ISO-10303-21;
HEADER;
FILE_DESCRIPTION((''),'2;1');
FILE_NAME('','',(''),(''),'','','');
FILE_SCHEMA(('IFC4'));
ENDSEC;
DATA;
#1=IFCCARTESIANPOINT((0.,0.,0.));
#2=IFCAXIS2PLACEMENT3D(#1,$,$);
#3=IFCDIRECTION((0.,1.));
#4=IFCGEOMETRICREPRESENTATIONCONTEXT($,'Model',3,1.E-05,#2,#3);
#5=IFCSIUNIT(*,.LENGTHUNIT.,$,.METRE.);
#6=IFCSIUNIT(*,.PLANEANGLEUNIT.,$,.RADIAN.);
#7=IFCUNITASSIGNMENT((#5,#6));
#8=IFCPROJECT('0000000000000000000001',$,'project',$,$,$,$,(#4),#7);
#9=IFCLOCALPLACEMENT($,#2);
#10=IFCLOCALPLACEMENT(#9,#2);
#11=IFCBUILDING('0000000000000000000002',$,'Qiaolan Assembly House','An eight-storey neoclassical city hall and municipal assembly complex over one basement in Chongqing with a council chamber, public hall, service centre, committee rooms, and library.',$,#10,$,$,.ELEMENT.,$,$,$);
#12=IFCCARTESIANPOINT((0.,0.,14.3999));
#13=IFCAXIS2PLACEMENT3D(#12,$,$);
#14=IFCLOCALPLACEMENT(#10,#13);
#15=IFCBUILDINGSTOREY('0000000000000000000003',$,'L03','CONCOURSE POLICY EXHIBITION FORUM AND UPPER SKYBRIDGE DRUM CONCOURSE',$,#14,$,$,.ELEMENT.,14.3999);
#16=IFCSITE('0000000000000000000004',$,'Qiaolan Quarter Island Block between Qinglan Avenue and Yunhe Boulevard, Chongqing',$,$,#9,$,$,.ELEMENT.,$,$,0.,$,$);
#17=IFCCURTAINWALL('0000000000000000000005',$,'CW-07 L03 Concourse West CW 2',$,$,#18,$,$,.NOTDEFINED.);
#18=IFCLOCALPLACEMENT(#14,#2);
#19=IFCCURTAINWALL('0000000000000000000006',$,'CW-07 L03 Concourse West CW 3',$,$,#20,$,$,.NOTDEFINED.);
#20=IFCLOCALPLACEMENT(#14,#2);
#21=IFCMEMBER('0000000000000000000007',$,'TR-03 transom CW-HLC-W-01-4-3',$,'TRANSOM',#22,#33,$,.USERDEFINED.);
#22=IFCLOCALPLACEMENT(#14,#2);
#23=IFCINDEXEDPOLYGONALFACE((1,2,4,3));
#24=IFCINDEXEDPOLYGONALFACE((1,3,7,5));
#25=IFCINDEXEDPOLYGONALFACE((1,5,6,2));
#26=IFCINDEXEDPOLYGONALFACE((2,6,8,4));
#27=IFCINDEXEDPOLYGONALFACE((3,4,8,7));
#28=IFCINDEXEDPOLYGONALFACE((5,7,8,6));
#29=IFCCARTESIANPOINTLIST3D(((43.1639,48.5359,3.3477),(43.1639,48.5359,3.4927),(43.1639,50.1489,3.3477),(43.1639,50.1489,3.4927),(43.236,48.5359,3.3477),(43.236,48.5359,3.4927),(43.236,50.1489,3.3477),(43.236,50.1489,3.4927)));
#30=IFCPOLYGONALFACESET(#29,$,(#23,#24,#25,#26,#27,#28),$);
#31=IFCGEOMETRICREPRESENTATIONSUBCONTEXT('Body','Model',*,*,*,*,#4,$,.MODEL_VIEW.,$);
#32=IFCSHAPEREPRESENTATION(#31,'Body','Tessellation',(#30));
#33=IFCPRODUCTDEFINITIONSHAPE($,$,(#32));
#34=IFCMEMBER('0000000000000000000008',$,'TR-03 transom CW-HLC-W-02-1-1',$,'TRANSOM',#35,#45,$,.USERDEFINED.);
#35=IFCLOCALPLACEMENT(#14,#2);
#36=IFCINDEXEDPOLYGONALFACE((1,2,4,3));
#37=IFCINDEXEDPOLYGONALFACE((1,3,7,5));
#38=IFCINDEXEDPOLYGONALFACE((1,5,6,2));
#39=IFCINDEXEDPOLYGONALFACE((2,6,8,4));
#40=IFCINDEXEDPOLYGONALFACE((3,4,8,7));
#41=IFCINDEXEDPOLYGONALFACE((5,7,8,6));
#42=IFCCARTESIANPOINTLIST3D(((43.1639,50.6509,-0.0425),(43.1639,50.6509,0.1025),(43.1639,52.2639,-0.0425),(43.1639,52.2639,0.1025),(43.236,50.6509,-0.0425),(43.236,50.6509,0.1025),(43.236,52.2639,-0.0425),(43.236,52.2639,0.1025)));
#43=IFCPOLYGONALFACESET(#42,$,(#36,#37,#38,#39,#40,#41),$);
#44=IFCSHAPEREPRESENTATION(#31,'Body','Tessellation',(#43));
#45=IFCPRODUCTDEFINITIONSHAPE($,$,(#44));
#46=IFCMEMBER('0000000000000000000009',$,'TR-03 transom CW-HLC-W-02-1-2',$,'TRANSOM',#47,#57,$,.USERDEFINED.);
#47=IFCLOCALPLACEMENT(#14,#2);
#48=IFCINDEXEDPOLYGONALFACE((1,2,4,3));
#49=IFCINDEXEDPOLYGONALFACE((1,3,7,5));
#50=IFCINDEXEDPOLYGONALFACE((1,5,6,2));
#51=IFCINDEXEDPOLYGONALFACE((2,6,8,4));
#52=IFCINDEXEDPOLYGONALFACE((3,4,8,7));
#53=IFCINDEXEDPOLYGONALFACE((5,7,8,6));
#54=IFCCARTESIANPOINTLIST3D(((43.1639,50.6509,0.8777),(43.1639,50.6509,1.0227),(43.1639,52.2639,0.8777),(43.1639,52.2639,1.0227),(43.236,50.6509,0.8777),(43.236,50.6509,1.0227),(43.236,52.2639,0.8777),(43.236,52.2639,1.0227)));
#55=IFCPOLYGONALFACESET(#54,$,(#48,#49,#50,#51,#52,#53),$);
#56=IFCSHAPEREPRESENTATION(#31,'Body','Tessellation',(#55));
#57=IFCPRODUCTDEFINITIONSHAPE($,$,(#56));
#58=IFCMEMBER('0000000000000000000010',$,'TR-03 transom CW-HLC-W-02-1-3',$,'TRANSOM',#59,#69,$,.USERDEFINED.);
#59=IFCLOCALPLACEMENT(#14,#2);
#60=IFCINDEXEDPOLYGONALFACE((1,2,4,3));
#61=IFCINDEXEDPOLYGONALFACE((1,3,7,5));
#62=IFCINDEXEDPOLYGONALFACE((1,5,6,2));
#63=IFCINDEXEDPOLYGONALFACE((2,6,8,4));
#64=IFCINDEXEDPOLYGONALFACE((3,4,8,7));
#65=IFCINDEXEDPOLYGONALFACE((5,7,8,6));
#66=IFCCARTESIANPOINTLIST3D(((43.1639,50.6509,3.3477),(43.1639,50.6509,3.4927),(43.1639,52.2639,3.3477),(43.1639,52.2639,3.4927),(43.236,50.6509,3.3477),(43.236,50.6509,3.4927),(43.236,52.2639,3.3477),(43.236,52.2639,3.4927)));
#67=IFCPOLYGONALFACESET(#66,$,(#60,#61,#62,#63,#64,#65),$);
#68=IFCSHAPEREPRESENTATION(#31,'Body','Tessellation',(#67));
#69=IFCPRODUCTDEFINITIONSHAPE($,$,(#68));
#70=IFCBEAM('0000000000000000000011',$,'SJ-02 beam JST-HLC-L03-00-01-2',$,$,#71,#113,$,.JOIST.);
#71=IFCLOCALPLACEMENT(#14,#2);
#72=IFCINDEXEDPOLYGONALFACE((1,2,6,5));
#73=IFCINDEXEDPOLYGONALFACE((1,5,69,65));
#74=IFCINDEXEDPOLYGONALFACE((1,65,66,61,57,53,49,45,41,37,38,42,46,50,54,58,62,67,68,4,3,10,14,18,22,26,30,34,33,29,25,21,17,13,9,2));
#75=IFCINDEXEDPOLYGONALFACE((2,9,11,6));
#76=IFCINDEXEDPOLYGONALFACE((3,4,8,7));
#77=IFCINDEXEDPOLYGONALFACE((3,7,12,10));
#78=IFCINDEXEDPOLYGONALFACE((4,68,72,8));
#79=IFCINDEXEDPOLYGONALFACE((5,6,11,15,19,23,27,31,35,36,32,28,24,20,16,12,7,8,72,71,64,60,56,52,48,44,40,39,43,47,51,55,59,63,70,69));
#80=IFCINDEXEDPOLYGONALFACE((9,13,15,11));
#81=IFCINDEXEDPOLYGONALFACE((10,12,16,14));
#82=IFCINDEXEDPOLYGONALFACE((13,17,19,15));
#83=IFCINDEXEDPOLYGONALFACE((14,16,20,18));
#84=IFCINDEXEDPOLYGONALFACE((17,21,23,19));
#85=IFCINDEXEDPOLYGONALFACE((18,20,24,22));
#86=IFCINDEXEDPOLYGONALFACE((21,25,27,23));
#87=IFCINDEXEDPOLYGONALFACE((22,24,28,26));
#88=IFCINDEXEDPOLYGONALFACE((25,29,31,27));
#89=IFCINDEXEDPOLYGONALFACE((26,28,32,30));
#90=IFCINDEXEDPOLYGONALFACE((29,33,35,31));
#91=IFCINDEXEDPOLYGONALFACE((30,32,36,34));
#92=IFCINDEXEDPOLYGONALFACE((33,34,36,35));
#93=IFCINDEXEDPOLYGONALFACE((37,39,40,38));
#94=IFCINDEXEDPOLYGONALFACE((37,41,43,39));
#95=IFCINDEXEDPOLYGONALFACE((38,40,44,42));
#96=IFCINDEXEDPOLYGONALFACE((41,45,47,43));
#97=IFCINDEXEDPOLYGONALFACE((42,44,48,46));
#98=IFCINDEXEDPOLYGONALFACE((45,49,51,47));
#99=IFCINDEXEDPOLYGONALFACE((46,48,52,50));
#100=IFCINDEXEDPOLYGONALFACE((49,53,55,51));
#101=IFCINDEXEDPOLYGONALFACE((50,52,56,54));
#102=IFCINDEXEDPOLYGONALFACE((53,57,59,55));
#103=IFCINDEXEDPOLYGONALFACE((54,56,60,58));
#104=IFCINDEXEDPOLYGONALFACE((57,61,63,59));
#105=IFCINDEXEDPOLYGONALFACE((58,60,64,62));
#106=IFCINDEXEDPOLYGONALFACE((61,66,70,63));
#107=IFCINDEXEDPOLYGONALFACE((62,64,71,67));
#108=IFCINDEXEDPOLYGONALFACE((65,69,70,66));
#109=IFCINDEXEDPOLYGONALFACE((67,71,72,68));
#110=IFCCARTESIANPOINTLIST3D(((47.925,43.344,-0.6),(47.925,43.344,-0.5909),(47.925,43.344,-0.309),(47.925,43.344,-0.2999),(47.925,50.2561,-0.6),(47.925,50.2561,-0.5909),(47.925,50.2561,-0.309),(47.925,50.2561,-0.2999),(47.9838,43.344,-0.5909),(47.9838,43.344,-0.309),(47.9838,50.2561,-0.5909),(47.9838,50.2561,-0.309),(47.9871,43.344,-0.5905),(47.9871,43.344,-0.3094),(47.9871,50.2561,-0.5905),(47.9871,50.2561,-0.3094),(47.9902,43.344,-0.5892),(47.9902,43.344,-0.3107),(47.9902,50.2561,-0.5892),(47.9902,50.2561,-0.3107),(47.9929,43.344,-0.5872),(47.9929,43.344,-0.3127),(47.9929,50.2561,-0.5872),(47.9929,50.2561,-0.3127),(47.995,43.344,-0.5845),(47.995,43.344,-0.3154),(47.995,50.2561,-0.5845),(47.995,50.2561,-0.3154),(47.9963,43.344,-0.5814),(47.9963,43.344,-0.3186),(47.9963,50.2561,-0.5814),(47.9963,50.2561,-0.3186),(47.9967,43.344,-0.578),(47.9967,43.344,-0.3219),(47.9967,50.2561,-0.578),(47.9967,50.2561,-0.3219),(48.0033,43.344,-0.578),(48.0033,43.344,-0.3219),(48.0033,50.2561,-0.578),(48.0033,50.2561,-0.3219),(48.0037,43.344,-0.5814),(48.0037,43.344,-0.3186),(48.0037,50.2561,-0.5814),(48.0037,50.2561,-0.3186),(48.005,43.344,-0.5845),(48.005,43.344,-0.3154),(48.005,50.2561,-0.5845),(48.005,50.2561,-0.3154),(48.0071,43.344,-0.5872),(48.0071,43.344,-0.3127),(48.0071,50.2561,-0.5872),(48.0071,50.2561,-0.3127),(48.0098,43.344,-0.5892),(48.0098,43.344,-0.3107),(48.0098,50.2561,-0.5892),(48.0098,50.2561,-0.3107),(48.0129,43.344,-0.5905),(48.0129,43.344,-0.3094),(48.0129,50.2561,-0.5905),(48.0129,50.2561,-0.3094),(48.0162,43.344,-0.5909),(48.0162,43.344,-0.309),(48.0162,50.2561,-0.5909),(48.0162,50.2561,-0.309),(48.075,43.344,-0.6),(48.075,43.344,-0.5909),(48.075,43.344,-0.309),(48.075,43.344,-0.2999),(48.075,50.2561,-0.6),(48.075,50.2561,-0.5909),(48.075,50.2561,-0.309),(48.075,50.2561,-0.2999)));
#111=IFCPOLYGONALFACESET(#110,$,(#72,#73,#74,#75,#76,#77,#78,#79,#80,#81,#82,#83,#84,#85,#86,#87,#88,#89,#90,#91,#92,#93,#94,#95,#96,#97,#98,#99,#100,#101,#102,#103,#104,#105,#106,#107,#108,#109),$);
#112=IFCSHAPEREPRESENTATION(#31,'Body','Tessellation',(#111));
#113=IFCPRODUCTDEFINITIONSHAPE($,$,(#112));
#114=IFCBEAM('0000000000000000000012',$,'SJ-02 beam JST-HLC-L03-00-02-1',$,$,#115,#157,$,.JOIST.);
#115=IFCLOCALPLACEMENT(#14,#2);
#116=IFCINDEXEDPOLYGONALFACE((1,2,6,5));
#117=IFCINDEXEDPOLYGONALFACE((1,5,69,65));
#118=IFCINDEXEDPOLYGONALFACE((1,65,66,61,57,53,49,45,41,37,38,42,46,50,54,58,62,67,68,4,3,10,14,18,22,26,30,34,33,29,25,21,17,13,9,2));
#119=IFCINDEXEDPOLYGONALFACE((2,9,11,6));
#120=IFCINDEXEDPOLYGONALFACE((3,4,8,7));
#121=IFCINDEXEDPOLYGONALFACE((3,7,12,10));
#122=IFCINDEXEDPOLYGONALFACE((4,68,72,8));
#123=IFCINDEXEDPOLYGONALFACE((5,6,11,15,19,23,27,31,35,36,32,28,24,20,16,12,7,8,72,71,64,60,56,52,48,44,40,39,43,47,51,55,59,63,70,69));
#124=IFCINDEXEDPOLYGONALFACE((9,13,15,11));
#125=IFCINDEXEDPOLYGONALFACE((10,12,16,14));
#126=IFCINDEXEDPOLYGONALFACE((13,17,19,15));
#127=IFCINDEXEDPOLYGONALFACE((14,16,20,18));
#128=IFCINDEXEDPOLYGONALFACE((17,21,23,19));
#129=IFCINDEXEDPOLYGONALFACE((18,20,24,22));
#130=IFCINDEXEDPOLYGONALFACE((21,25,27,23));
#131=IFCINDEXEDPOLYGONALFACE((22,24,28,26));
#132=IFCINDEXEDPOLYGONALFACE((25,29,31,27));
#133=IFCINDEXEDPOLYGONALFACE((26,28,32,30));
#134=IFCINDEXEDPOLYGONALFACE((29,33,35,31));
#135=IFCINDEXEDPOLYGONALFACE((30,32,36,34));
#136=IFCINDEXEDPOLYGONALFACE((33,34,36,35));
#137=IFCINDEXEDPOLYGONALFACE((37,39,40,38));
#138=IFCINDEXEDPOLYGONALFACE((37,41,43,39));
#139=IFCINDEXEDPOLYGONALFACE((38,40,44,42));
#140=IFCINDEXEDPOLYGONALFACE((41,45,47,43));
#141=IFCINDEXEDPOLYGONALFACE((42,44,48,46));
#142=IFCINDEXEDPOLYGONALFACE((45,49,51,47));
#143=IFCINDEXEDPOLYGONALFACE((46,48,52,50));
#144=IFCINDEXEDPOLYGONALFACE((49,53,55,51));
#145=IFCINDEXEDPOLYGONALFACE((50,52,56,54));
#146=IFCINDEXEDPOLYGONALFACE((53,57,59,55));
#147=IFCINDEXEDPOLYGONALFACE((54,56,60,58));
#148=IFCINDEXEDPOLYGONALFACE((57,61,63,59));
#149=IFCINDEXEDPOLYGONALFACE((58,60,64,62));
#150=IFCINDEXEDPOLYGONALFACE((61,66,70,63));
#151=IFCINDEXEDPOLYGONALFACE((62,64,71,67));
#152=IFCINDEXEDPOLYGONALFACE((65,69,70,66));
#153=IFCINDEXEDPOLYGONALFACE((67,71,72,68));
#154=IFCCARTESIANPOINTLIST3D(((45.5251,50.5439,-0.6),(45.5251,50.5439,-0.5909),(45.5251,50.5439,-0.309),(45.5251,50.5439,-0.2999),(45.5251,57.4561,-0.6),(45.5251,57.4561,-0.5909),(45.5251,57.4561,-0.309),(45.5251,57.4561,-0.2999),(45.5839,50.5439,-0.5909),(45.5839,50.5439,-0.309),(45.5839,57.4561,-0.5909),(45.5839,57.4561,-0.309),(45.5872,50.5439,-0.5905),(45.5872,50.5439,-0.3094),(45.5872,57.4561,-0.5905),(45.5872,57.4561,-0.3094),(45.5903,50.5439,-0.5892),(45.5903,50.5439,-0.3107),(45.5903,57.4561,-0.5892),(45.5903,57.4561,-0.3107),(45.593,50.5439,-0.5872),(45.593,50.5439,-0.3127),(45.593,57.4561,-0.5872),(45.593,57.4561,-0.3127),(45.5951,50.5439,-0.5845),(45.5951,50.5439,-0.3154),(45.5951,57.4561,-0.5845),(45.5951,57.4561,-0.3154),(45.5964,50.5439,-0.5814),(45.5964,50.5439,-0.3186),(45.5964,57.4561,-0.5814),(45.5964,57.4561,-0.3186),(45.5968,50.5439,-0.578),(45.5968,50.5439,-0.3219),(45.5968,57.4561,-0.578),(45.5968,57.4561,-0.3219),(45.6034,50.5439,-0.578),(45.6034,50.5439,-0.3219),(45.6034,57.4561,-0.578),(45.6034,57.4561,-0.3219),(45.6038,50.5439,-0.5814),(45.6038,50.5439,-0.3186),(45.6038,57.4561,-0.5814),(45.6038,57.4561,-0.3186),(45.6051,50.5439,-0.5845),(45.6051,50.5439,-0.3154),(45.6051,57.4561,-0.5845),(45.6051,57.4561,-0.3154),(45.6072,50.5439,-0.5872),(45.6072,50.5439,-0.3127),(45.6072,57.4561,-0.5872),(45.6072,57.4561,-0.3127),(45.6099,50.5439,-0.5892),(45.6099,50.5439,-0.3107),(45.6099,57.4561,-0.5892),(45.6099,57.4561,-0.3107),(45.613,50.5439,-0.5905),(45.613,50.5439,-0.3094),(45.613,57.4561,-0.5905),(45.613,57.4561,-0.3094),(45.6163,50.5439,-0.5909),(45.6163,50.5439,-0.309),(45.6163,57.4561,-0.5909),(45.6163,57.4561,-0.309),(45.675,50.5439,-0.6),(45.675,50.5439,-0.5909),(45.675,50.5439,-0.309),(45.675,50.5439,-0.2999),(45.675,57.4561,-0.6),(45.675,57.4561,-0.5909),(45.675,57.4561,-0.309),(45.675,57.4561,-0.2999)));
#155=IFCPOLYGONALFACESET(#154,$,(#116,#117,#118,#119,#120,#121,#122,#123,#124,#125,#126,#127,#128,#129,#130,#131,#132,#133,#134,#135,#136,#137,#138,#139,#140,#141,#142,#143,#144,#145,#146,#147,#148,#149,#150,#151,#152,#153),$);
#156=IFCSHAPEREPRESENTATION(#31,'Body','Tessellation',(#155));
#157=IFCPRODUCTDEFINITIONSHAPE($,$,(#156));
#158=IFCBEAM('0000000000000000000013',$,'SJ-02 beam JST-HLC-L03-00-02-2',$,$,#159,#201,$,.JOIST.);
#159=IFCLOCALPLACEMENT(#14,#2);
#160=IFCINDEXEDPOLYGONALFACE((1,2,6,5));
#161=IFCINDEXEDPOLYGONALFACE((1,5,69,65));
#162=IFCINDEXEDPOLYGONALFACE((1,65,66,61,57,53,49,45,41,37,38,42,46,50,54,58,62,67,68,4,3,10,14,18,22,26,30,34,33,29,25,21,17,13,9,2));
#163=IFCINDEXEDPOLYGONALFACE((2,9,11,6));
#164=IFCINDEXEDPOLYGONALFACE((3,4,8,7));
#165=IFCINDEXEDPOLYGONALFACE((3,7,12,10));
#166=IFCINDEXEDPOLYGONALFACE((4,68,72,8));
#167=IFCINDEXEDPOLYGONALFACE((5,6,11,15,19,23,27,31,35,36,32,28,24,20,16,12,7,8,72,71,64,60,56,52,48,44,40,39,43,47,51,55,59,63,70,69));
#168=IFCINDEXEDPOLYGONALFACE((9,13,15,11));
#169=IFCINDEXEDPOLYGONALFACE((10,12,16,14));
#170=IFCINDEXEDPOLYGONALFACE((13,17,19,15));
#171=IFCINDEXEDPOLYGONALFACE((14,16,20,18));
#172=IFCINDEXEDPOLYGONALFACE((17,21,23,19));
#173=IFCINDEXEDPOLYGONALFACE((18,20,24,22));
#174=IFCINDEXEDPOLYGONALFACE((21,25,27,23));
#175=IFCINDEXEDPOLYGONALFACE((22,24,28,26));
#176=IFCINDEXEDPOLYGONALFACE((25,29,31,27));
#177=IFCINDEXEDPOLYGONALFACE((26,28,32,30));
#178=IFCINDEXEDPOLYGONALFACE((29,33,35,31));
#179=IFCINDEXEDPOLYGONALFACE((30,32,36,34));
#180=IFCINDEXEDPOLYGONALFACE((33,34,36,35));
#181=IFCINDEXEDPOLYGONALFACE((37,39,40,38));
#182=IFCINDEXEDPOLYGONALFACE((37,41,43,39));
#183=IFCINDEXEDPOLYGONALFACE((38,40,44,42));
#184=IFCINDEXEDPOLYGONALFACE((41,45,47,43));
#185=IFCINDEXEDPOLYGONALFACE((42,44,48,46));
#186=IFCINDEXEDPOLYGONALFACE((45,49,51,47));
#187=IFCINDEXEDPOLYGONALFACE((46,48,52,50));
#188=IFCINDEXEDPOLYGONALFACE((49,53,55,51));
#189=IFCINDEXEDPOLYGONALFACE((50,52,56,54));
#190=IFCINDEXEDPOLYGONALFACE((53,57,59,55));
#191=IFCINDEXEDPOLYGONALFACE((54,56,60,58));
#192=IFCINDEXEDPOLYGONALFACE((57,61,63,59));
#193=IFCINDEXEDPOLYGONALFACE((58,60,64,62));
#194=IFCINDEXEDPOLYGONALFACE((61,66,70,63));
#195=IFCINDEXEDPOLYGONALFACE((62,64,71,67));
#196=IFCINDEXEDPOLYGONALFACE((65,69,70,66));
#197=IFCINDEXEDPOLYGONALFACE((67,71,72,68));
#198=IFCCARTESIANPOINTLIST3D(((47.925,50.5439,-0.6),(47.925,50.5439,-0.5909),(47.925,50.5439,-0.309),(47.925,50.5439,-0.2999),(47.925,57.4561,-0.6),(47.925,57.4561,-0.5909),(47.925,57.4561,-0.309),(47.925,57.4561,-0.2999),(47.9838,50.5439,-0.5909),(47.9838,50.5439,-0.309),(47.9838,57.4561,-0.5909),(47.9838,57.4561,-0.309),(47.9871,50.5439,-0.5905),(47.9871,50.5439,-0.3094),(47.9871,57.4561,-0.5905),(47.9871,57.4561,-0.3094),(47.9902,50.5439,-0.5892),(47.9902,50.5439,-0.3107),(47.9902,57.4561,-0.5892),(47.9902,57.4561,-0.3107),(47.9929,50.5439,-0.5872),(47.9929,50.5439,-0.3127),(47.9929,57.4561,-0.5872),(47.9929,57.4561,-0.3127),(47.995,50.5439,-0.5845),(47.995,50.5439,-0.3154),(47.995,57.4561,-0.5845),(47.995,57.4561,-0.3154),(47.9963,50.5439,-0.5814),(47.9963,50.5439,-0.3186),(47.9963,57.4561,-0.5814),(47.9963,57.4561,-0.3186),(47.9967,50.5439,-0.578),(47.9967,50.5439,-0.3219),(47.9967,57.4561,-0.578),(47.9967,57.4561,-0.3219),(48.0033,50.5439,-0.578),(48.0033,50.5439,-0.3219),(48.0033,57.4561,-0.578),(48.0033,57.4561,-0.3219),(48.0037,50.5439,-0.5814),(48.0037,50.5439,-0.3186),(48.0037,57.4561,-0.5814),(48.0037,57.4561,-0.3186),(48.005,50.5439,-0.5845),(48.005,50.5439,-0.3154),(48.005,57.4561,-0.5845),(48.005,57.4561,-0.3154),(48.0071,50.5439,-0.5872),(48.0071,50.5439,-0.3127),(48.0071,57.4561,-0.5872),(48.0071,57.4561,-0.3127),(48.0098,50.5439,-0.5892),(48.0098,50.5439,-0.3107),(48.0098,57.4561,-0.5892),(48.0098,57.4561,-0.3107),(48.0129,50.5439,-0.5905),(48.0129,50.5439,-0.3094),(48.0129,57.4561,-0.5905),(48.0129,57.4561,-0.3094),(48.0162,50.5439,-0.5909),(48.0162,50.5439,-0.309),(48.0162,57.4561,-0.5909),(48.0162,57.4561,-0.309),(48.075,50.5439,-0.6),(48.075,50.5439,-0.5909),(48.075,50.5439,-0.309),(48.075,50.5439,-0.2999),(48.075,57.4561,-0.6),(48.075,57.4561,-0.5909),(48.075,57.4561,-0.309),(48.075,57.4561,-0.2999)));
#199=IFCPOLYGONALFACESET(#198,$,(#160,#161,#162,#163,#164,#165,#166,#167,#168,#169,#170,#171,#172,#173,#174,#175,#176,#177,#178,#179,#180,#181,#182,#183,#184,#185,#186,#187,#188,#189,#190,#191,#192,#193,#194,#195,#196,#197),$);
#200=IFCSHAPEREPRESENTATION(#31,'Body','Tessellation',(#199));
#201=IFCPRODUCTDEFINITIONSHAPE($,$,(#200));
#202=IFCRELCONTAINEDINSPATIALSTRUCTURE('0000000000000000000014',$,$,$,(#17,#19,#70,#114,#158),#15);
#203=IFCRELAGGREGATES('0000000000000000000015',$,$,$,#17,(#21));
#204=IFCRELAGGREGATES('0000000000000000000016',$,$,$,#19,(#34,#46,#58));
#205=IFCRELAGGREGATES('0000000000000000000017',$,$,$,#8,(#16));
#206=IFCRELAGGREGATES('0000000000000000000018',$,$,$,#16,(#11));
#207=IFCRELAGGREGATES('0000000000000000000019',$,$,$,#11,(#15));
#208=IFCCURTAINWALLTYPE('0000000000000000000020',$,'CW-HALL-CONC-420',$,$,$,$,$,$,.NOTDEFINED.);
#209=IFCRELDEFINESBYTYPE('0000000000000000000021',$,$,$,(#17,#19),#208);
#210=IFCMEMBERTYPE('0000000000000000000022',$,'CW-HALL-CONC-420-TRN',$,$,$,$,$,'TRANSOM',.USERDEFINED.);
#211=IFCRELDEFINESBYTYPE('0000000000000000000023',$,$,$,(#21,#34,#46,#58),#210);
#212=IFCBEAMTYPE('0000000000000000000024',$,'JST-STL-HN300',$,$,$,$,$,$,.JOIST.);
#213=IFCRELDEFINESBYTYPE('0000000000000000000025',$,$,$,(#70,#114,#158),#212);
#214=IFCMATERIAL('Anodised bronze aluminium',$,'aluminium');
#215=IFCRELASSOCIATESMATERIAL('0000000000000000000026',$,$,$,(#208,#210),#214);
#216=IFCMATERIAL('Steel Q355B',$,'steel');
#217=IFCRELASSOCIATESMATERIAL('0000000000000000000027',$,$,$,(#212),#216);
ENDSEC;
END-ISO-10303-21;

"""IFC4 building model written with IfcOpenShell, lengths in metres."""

from ifc_helpers import new_model, si_unit, direction, frame, origin, origin_2d, place, context, subcontext, project, spatial, rectangle, i_section, extrude, material, material_profile, profile_set, type_object, element, aggregate, save


model = new_model("IFC4")

# Units and contexts
model_context = context("Model", 3, precision=1e-05, world=origin(), true_north=direction((0.0, 1.0)))
body_context = subcontext(model_context, "Body", "Model", "MODEL_VIEW")
ifc_project = project(units=[si_unit("LENGTHUNIT", "METRE"), si_unit("PLANEANGLEUNIT", "RADIAN")], contexts=[model_context])

# Site, building, storey
site_placement = place(None, origin())
site = spatial("IfcSite", under=ifc_project, at=site_placement, Name="Qiaolan Quarter Island Block between Qinglan Avenue and Yunhe Boulevard, Chongqing", CompositionType="ELEMENT", RefElevation=0.0)
building_placement = place(site_placement, origin())
building = spatial("IfcBuilding", under=site, at=building_placement, Name="Qiaolan Assembly House", Description="An eight-storey neoclassical city hall and municipal assembly complex over one basement in Chongqing with a council chamber, public hall, service centre, committee rooms, and library.", CompositionType="ELEMENT")
storey_placement = place(building_placement, frame((0.0, 0.0, 14.3999)))
storey = spatial("IfcBuildingStorey", under=building, at=storey_placement, Name="L03", Description="CONCOURSE POLICY EXHIBITION FORUM AND UPPER SKYBRIDGE DRUM CONCOURSE", CompositionType="ELEMENT", Elevation=14.3999)

# Shared definitions
ifc_material_1 = material(Name="Steel Q355B", Category="steel")

# Curtain wall
ifc_material_2 = material(Name="Anodised bronze aluminium", Category="aluminium")
curtain_wall_type = type_object("IfcCurtainWallType", Name="CW-HALL-CONC-420", PredefinedType="NOTDEFINED", material=ifc_material_2)
curtain_wall_1_placement = place(storey_placement, origin())
curtain_wall_1 = element("IfcCurtainWall", 1, at=curtain_wall_1_placement, inside=storey, type_object=curtain_wall_type, Name="CW-07 L03 Concourse West CW 2", PredefinedType="NOTDEFINED")

# Curtain wall
curtain_wall_2_placement = place(storey_placement, origin())
curtain_wall_2 = element("IfcCurtainWall", 2, at=curtain_wall_2_placement, inside=storey, type_object=curtain_wall_type, Name="CW-07 L03 Concourse West CW 3", PredefinedType="NOTDEFINED")

# Members
ifc_material_profile_1 = material_profile(ifc_material_2, rectangle(XDim=0.072, YDim=0.145, at=origin_2d()), Name="TRN 72x145")
ifc_profile_set_1 = profile_set([ifc_material_profile_1], Name="Anodised bronze aluminium")
member_type_1 = type_object("IfcMemberType", Name="CW-HALL-CONC-420-TRN", ElementType="TRANSOM", PredefinedType="USERDEFINED", material=ifc_profile_set_1)
member_1_placement = place(storey_placement, frame((43.2, 48.5359, 3.4202), z_axis=(0.0, 1.0, 0.0), x_axis=(-1.0, 0.0, 0.0)))
member_1 = element("IfcMember", 3, at=member_1_placement, type_object=member_type_1, Name="TR-03 transom CW-HLC-W-01-4-3", ObjectType="TRANSOM", PredefinedType="USERDEFINED", context=body_context, shape_type="SweptSolid", body=[
    extrude(rectangle(XDim=0.072, YDim=0.145, at=origin_2d()), origin(), (0.0, 0.0, 1.0), 1.613),
])
member_2_placement = place(storey_placement, frame((43.2, 50.6509, 0.03), z_axis=(0.0, 1.0, 0.0), x_axis=(-1.0, 0.0, 0.0)))
member_2 = element("IfcMember", 4, at=member_2_placement, type_object=member_type_1, Name="TR-03 transom CW-HLC-W-02-1-1", ObjectType="TRANSOM", PredefinedType="USERDEFINED", context=body_context, shape_type="SweptSolid", body=[
    extrude(rectangle(XDim=0.072, YDim=0.145, at=origin_2d()), origin(), (0.0, 0.0, 1.0), 1.613),
])
member_3_placement = place(storey_placement, frame((43.2, 50.6509, 0.9502), z_axis=(0.0, 1.0, 0.0), x_axis=(-1.0, 0.0, 0.0)))
member_3 = element("IfcMember", 5, at=member_3_placement, type_object=member_type_1, Name="TR-03 transom CW-HLC-W-02-1-2", ObjectType="TRANSOM", PredefinedType="USERDEFINED", context=body_context, shape_type="SweptSolid", body=[
    extrude(rectangle(XDim=0.072, YDim=0.145, at=origin_2d()), origin(), (0.0, 0.0, 1.0), 1.613),
])
member_4_placement = place(storey_placement, frame((43.2, 50.6509, 3.4202), z_axis=(0.0, 1.0, 0.0), x_axis=(-1.0, 0.0, 0.0)))
member_4 = element("IfcMember", 6, at=member_4_placement, type_object=member_type_1, Name="TR-03 transom CW-HLC-W-02-1-3", ObjectType="TRANSOM", PredefinedType="USERDEFINED", context=body_context, shape_type="SweptSolid", body=[
    extrude(rectangle(XDim=0.072, YDim=0.145, at=origin_2d()), origin(), (0.0, 0.0, 1.0), 1.613),
])

# Beams
ifc_material_profile_2 = material_profile(ifc_material_1, i_section(OverallWidth=0.1499, OverallDepth=0.3, WebThickness=0.0066, FlangeThickness=0.009, FilletRadius=0.0129, at=origin_2d()), Name="HN 300x150x6.5x9")
ifc_profile_set_2 = profile_set([ifc_material_profile_2], Name="Steel Q355B")
beam_type_1 = type_object("IfcBeamType", Name="JST-STL-HN300", PredefinedType="JOIST", material=ifc_profile_set_2)
for number, where, z_axis, x_axis, name in (
    (7, (48.0, 43.344, -0.45), (0.0, 1.0, 0.0), (-1.0, 0.0, 0.0), "SJ-02 beam JST-HLC-L03-00-01-2"),
    (8, (45.6001, 50.5439, -0.45), (0.0, 1.0, 0.0), (-1.0, 0.0, 0.0), "SJ-02 beam JST-HLC-L03-00-02-1"),
    (9, (48.0, 50.5439, -0.45), (0.0, 1.0, 0.0), (-1.0, 0.0, 0.0), "SJ-02 beam JST-HLC-L03-00-02-2"),
):
    element("IfcBeam", number, at=place(storey_placement, frame(where, z_axis=z_axis, x_axis=x_axis)), inside=storey, type_object=beam_type_1, Name=name, PredefinedType="JOIST", context=body_context, shape_type="SweptSolid", body=[
        extrude(i_section(OverallWidth=0.1499, OverallDepth=0.3, WebThickness=0.0066, FlangeThickness=0.009, FilletRadius=0.0129, at=origin_2d()), origin(), (0.0, 0.0, 1.0), 6.9121),
    ])

aggregate(curtain_wall_1, [member_1])
aggregate(curtain_wall_2, [member_2, member_3, member_4])

save(model, "model.ifc")
